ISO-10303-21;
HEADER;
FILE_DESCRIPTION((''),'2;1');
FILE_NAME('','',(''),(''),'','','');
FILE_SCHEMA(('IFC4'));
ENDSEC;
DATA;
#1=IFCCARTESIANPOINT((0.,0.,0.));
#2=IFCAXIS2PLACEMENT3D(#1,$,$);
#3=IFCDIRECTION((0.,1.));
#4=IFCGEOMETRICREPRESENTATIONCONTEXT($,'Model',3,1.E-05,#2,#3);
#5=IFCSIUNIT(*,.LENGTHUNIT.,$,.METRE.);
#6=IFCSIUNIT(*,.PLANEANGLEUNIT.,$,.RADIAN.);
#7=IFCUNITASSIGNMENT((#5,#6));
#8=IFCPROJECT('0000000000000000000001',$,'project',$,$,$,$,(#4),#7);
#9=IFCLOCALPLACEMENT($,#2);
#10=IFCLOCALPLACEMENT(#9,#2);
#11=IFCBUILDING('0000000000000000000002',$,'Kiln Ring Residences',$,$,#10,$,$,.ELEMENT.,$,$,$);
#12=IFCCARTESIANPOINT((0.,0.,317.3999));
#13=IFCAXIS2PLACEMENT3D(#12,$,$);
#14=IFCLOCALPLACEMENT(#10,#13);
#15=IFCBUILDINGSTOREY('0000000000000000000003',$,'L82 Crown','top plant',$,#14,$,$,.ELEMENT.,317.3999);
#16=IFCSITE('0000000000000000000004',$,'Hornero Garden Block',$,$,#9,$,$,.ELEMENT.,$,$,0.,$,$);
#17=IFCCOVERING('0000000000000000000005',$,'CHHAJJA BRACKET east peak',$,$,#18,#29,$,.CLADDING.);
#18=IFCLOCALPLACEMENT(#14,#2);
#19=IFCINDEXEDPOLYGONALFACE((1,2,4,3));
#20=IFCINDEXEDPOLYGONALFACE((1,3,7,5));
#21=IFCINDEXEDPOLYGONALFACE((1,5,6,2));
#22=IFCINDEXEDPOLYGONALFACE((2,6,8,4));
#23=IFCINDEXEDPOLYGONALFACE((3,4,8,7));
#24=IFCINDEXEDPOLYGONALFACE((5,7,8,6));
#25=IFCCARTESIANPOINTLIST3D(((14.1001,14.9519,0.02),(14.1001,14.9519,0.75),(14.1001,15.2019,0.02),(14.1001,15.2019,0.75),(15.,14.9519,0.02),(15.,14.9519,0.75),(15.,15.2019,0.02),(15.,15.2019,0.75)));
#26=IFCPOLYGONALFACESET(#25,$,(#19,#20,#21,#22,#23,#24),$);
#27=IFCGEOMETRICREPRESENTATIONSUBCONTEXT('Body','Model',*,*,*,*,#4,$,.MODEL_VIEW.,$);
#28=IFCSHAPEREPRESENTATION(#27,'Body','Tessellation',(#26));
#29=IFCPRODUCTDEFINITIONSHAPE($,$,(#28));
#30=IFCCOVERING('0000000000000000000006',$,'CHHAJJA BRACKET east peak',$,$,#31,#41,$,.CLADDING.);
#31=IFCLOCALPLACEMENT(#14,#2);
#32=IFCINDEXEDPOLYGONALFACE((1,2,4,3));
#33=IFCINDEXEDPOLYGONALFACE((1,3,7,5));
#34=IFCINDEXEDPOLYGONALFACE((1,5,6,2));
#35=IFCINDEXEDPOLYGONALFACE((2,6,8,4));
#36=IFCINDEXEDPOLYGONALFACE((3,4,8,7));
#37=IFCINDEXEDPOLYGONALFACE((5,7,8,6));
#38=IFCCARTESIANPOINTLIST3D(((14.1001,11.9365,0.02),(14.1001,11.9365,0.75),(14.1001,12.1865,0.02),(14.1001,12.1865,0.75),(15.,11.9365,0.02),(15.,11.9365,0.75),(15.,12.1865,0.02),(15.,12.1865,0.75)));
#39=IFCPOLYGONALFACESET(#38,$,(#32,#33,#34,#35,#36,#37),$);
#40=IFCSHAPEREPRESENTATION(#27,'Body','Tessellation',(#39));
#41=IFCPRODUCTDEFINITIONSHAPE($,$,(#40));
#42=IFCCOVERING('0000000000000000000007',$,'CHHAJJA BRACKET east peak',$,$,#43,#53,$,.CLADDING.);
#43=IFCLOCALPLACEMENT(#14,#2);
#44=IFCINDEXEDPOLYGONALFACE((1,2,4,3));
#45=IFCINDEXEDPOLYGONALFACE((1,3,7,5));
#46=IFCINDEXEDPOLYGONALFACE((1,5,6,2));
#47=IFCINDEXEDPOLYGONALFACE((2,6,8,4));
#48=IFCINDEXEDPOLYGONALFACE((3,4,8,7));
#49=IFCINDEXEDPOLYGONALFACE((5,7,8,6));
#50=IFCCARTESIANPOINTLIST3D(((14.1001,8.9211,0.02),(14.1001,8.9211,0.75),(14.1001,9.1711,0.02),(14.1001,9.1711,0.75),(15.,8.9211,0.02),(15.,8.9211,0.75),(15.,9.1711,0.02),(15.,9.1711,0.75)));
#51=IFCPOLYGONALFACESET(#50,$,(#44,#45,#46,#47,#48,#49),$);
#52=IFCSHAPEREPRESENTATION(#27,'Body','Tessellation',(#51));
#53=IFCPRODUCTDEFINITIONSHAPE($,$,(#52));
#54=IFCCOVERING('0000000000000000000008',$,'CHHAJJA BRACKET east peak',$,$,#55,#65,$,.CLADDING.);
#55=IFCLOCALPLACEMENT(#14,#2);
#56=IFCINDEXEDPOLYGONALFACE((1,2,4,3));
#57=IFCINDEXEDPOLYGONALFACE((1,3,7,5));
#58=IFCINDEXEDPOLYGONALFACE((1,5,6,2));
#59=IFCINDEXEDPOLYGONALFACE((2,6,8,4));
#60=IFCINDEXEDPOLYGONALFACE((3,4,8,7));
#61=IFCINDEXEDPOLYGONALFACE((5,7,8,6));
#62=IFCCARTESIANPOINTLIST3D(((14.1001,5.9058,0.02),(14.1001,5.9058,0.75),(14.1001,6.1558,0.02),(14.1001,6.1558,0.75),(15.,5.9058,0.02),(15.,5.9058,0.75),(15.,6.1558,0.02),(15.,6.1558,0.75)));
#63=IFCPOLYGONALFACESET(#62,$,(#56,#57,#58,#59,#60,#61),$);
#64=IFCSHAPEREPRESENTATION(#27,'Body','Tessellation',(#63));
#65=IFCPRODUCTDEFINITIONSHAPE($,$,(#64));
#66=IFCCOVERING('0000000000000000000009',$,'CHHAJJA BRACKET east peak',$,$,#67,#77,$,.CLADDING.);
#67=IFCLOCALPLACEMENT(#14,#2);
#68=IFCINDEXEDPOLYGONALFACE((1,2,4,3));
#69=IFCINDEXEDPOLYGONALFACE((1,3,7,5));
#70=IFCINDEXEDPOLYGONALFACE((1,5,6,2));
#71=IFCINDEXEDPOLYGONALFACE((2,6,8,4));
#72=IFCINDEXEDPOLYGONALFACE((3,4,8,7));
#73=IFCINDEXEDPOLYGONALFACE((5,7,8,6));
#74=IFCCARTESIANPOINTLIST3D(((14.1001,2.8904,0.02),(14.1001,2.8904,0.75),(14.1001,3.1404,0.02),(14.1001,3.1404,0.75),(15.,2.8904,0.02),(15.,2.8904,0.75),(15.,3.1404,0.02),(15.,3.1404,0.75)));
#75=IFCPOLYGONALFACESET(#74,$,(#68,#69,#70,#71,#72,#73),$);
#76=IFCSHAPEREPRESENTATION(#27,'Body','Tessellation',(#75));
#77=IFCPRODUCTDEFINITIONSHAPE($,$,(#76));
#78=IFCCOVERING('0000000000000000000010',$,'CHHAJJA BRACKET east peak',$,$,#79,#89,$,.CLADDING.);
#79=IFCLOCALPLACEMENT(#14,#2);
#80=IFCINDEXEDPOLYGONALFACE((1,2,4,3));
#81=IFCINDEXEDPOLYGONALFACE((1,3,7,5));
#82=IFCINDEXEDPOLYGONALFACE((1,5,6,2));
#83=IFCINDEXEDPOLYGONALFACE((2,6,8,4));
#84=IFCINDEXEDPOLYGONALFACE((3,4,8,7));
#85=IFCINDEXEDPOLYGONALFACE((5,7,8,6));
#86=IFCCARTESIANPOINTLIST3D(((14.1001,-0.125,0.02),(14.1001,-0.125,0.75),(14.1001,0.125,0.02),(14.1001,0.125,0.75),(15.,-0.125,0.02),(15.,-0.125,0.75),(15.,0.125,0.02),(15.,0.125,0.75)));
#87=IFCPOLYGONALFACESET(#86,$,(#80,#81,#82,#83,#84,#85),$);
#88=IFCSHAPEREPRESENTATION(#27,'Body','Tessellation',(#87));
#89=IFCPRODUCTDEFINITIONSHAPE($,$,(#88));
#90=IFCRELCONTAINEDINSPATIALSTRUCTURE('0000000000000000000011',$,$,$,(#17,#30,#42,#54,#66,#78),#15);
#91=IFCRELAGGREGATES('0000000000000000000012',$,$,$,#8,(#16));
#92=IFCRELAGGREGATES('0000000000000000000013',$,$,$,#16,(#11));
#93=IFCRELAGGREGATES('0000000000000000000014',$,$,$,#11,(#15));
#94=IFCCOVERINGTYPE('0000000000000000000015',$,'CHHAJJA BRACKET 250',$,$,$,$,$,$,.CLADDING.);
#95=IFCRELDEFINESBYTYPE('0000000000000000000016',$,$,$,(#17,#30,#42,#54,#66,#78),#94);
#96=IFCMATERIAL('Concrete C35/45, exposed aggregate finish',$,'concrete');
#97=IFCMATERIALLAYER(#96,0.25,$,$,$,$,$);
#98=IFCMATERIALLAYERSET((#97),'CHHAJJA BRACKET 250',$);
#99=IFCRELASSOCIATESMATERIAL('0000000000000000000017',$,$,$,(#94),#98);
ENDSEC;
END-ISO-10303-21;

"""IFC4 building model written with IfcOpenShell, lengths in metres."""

from ifc_helpers import new_model, si_unit, direction, frame, origin, place, context, subcontext, project, spatial, polyline, outline, extrude, material, layer, layer_set, type_object, element, save


model = new_model("IFC4")

# Units and contexts
model_context = context("Model", 3, precision=1e-05, world=origin(), true_north=direction((0.0, 1.0)))
body_context = subcontext(model_context, "Body", "Model", "MODEL_VIEW")
ifc_project = project(units=[si_unit("LENGTHUNIT", "METRE"), si_unit("PLANEANGLEUNIT", "RADIAN")], contexts=[model_context])

# Site, building, storey
site_placement = place(None, origin())
site = spatial("IfcSite", under=ifc_project, at=site_placement, Name="Hornero Garden Block", CompositionType="ELEMENT", RefElevation=0.0)
building_placement = place(site_placement, origin())
building = spatial("IfcBuilding", under=site, at=building_placement, Name="Kiln Ring Residences", CompositionType="ELEMENT")
storey_placement = place(building_placement, frame((0.0, 0.0, 317.3999)))
storey = spatial("IfcBuildingStorey", under=building, at=storey_placement, Name="L82 Crown", Description="top plant", CompositionType="ELEMENT", Elevation=317.3999)

# Coverings
ifc_material_1 = material(Name="Concrete C35/45, exposed aggregate finish", Category="concrete")
ifc_layer_1 = layer(ifc_material_1, 0.25)
ifc_layer_set_1 = layer_set([ifc_layer_1], Name="CHHAJJA BRACKET 250")
covering_type = type_object("IfcCoveringType", Name="CHHAJJA BRACKET 250", PredefinedType="CLADDING", material=ifc_layer_set_1)
for number, where, z_axis, x_axis, name in (
    (1, (15.0, 15.0769, 0.02), (0.0, 0.0, 1.0), (-1.0, 0.0, 0.0), "CHHAJJA BRACKET east peak"),
    (2, (15.0, 12.0615, 0.02), (0.0, 0.0, 1.0), (-1.0, 0.0, 0.0), "CHHAJJA BRACKET east peak"),
    (3, (15.0, 9.0461, 0.02), (0.0, 0.0, 1.0), (-1.0, 0.0, 0.0), "CHHAJJA BRACKET east peak"),
    (4, (15.0, 6.0308, 0.02), (0.0, 0.0, 1.0), (-1.0, 0.0, 0.0), "CHHAJJA BRACKET east peak"),
    (5, (15.0, 3.0154, 0.02), (0.0, 0.0, 1.0), (-1.0, 0.0, 0.0), "CHHAJJA BRACKET east peak"),
    (6, (15.0, 0.0, 0.02), (0.0, 0.0, 1.0), (-1.0, 0.0, 0.0), "CHHAJJA BRACKET east peak"),
):
    element("IfcCovering", number, at=place(storey_placement, frame(where, z_axis=z_axis, x_axis=x_axis)), inside=storey, type_object=covering_type, Name=name, PredefinedType="CLADDING", context=body_context, shape_type="SweptSolid", body=[
        extrude(outline(polyline([(0.0, 0.0), (0.8999, 0.0), (0.8999, 0.73), (0.0, 0.73), (0.0, 0.0), (0.0, 0.0)])), frame((0.0, 0.125, 0.0), z_axis=(0.0, -1.0, 0.0), x_axis=(1.0, 0.0, 0.0)), (0.0, 0.0, 1.0), 0.25),
    ])

save(model, "model.ifc")
